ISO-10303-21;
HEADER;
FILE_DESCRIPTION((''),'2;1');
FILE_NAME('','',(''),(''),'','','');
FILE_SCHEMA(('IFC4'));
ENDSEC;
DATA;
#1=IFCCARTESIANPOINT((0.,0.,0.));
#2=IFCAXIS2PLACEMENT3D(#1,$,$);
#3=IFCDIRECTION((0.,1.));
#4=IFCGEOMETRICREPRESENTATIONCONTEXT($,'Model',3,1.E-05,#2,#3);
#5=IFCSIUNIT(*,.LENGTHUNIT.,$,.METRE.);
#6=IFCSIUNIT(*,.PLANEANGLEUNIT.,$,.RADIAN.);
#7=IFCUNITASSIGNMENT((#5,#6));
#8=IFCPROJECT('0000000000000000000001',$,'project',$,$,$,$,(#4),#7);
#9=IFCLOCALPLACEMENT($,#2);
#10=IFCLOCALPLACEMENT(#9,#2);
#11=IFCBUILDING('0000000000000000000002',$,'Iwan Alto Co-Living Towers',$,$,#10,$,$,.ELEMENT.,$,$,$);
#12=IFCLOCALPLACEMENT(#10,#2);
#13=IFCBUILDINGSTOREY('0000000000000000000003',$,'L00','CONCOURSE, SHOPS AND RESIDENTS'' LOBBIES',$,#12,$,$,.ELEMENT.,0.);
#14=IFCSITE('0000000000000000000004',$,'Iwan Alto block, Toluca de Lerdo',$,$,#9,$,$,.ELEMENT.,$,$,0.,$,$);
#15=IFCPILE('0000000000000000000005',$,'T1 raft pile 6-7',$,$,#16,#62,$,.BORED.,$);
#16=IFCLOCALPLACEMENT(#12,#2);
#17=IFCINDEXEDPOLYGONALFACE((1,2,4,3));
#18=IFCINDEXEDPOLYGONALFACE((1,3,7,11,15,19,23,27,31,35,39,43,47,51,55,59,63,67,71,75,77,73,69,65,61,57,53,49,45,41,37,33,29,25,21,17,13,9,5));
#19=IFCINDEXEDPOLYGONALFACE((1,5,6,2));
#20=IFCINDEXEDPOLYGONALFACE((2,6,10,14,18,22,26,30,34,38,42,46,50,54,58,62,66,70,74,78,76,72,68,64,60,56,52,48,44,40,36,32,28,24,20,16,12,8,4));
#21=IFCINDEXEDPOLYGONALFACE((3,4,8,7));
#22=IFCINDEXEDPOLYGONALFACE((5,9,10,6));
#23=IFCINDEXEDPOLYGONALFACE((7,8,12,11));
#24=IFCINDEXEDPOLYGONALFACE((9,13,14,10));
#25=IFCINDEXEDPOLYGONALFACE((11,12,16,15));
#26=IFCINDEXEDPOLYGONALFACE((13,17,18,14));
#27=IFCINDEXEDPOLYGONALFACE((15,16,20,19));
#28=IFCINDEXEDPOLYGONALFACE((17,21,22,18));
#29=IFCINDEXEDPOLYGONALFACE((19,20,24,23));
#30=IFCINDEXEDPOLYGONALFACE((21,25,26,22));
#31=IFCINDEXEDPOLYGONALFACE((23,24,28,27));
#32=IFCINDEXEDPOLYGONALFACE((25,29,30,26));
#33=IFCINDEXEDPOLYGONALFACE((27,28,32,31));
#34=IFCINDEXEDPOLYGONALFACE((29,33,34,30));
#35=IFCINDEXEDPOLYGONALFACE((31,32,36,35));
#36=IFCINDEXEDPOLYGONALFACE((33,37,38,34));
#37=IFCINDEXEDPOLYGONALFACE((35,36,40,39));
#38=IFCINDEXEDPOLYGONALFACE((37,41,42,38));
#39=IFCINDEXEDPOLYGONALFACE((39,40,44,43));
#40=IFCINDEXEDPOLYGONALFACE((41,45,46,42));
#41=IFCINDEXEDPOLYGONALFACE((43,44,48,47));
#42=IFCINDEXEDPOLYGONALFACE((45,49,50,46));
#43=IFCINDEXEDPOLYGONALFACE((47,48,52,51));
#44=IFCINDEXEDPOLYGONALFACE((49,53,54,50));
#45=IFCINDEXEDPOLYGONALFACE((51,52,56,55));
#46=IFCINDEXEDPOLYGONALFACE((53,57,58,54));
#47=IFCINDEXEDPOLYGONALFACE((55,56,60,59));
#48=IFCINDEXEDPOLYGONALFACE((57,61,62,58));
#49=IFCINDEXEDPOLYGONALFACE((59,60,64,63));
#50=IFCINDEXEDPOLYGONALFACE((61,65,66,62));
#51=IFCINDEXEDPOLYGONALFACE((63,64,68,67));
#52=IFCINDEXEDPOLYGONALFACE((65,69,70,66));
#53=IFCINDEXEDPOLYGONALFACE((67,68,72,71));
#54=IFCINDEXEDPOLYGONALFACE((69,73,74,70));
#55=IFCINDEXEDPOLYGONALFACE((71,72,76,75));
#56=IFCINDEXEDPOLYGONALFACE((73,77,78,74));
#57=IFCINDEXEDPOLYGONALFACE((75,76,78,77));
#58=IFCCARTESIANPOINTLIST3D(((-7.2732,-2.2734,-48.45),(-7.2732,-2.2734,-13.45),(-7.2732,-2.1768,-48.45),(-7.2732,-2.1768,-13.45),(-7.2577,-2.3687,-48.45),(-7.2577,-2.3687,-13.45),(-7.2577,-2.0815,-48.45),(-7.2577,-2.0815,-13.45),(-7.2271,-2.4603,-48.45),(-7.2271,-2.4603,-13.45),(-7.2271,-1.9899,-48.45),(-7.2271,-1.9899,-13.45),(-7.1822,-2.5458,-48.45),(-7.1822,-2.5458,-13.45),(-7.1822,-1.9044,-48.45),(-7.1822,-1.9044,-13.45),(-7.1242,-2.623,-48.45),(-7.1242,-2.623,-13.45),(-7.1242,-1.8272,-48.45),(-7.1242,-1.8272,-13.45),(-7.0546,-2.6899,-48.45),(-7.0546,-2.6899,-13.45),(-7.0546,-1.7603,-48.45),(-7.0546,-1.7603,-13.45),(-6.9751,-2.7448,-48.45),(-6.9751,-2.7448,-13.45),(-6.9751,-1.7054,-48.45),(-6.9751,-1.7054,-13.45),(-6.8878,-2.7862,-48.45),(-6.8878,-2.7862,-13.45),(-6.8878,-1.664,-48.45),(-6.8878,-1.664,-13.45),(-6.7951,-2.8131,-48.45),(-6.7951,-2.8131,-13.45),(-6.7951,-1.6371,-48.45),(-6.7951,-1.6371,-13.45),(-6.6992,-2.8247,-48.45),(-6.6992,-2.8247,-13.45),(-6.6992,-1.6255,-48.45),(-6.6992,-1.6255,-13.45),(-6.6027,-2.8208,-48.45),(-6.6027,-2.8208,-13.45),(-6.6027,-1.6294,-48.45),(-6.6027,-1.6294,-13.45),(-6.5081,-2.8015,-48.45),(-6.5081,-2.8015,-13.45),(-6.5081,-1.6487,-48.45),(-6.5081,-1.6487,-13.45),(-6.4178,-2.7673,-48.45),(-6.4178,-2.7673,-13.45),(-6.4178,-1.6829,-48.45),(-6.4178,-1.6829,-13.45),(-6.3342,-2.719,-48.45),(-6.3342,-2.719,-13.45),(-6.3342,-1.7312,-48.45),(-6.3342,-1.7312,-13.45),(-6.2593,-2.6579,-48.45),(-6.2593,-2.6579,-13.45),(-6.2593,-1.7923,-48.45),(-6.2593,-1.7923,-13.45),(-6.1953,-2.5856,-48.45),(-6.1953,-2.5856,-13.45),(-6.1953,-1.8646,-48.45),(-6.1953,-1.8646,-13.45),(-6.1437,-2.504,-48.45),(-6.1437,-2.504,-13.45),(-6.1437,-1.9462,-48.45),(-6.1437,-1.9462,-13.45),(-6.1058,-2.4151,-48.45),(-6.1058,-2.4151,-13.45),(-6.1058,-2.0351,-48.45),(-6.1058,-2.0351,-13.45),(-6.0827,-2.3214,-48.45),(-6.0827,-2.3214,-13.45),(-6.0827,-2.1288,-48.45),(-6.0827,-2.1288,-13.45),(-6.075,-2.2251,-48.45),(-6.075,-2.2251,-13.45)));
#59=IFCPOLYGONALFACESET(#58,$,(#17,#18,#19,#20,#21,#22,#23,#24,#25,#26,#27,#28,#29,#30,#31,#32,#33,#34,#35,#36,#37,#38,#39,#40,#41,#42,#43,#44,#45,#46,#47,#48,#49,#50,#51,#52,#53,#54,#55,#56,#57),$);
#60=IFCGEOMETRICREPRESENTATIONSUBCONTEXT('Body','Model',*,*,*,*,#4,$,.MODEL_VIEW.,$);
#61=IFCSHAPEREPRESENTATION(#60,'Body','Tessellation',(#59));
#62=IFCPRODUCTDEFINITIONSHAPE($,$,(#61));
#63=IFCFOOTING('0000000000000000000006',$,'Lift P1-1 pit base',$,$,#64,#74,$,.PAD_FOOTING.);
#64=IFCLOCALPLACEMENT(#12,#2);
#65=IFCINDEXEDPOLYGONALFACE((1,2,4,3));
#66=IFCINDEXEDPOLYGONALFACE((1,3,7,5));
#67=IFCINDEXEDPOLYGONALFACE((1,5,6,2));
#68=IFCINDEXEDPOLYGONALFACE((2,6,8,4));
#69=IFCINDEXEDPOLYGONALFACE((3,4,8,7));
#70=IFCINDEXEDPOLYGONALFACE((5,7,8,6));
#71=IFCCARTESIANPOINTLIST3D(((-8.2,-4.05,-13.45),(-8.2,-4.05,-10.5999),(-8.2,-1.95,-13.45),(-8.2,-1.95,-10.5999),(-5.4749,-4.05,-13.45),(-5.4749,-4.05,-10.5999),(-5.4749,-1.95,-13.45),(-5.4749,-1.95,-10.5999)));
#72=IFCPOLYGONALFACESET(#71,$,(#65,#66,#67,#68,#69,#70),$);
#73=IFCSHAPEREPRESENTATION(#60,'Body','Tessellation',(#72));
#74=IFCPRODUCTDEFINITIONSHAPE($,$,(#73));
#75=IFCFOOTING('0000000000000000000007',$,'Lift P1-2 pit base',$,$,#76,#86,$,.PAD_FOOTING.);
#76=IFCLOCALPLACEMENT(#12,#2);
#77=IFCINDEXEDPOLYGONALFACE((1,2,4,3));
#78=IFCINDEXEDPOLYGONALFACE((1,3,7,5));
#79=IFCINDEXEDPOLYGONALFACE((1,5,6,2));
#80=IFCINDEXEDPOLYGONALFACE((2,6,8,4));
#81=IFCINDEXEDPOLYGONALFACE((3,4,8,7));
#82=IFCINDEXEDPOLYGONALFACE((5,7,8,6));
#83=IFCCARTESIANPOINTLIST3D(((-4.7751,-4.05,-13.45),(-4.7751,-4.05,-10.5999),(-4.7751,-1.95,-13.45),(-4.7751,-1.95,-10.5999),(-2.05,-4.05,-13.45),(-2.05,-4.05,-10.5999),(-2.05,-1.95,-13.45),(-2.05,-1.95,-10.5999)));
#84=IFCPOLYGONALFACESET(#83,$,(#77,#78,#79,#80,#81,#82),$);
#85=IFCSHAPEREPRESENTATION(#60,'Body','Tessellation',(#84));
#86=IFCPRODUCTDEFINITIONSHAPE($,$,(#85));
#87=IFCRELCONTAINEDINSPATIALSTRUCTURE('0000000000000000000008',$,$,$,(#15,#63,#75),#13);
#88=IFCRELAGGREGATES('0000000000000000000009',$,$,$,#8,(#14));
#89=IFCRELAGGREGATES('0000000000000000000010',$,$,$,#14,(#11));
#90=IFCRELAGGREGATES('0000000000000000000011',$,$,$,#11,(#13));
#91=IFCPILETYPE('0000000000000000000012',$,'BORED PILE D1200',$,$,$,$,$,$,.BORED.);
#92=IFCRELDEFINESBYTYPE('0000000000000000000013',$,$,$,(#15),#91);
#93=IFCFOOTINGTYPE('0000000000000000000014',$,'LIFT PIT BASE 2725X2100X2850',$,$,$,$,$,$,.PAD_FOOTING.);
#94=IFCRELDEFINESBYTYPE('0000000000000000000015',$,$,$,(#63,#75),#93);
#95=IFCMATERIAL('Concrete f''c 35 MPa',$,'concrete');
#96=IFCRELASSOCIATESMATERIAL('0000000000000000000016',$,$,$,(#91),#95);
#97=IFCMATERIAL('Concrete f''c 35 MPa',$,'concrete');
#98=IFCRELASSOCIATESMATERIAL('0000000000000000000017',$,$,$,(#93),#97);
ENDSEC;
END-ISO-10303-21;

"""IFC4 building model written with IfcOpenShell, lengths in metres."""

from ifc_helpers import new_model, si_unit, direction, frame, origin, origin_2d, place, context, subcontext, project, spatial, rectangle, circle, extrude, material, material_profile, profile_set, type_object, element, save


model = new_model("IFC4")

# Units and contexts
model_context = context("Model", 3, precision=1e-05, world=origin(), true_north=direction((0.0, 1.0)))
body_context = subcontext(model_context, "Body", "Model", "MODEL_VIEW")
ifc_project = project(units=[si_unit("LENGTHUNIT", "METRE"), si_unit("PLANEANGLEUNIT", "RADIAN")], contexts=[model_context])

# Site, building, storey
site_placement = place(None, origin())
site = spatial("IfcSite", under=ifc_project, at=site_placement, Name="Iwan Alto block, Toluca de Lerdo", CompositionType="ELEMENT", RefElevation=0.0)
building_placement = place(site_placement, origin())
building = spatial("IfcBuilding", under=site, at=building_placement, Name="Iwan Alto Co-Living Towers", CompositionType="ELEMENT")
storey_placement = place(building_placement, origin())
storey = spatial("IfcBuildingStorey", under=building, at=storey_placement, Name="L00", Description="CONCOURSE, SHOPS AND RESIDENTS' LOBBIES", CompositionType="ELEMENT", Elevation=0.0)

# Pile
ifc_material_1 = material(Name="Concrete f'c 35 MPa", Category="concrete")
ifc_material_profile = material_profile(ifc_material_1, circle(Radius=0.6001, at=origin_2d()), Name="D1200")
ifc_profile_set = profile_set([ifc_material_profile], Name="Concrete f'c 35 MPa")
pile_type = type_object("IfcPileType", Name="BORED PILE D1200", PredefinedType="BORED", material=ifc_profile_set)
for number, where, z_axis, x_axis, name in (
    (1, (-6.675, -2.2251, -13.45), (0.0, 0.0, -1.0), (1.0, 0.0, 0.0), "T1 raft pile 6-7"),
):
    element("IfcPile", number, at=place(storey_placement, frame(where, z_axis=z_axis, x_axis=x_axis)), inside=storey, type_object=pile_type, Name=name, PredefinedType="BORED", context=body_context, shape_type="SweptSolid", body=[
        extrude(circle(Radius=0.6001, at=origin_2d()), origin(), (0.0, 0.0, 1.0), 35.0),
    ])

# Footings
ifc_material_2 = material(Name="Concrete f'c 35 MPa", Category="concrete")
footing_type = type_object("IfcFootingType", Name="LIFT PIT BASE 2725X2100X2850", PredefinedType="PAD_FOOTING", material=ifc_material_2)
for number, where, z_axis, x_axis, name in (
    (2, (-6.8374, -3.0, -13.45), (0.0, 0.0, 1.0), (1.0, 0.0, 0.0), "Lift P1-1 pit base"),
    (3, (-3.4126, -3.0, -13.45), (0.0, 0.0, 1.0), (1.0, 0.0, 0.0), "Lift P1-2 pit base"),
):
    element("IfcFooting", number, at=place(storey_placement, frame(where, z_axis=z_axis, x_axis=x_axis)), inside=storey, type_object=footing_type, Name=name, PredefinedType="PAD_FOOTING", context=body_context, shape_type="SweptSolid", body=[
        extrude(rectangle(XDim=2.7251, YDim=2.1001, at=origin_2d()), origin(), (0.0, 0.0, 1.0), 2.8501),
    ])

save(model, "model.ifc")
